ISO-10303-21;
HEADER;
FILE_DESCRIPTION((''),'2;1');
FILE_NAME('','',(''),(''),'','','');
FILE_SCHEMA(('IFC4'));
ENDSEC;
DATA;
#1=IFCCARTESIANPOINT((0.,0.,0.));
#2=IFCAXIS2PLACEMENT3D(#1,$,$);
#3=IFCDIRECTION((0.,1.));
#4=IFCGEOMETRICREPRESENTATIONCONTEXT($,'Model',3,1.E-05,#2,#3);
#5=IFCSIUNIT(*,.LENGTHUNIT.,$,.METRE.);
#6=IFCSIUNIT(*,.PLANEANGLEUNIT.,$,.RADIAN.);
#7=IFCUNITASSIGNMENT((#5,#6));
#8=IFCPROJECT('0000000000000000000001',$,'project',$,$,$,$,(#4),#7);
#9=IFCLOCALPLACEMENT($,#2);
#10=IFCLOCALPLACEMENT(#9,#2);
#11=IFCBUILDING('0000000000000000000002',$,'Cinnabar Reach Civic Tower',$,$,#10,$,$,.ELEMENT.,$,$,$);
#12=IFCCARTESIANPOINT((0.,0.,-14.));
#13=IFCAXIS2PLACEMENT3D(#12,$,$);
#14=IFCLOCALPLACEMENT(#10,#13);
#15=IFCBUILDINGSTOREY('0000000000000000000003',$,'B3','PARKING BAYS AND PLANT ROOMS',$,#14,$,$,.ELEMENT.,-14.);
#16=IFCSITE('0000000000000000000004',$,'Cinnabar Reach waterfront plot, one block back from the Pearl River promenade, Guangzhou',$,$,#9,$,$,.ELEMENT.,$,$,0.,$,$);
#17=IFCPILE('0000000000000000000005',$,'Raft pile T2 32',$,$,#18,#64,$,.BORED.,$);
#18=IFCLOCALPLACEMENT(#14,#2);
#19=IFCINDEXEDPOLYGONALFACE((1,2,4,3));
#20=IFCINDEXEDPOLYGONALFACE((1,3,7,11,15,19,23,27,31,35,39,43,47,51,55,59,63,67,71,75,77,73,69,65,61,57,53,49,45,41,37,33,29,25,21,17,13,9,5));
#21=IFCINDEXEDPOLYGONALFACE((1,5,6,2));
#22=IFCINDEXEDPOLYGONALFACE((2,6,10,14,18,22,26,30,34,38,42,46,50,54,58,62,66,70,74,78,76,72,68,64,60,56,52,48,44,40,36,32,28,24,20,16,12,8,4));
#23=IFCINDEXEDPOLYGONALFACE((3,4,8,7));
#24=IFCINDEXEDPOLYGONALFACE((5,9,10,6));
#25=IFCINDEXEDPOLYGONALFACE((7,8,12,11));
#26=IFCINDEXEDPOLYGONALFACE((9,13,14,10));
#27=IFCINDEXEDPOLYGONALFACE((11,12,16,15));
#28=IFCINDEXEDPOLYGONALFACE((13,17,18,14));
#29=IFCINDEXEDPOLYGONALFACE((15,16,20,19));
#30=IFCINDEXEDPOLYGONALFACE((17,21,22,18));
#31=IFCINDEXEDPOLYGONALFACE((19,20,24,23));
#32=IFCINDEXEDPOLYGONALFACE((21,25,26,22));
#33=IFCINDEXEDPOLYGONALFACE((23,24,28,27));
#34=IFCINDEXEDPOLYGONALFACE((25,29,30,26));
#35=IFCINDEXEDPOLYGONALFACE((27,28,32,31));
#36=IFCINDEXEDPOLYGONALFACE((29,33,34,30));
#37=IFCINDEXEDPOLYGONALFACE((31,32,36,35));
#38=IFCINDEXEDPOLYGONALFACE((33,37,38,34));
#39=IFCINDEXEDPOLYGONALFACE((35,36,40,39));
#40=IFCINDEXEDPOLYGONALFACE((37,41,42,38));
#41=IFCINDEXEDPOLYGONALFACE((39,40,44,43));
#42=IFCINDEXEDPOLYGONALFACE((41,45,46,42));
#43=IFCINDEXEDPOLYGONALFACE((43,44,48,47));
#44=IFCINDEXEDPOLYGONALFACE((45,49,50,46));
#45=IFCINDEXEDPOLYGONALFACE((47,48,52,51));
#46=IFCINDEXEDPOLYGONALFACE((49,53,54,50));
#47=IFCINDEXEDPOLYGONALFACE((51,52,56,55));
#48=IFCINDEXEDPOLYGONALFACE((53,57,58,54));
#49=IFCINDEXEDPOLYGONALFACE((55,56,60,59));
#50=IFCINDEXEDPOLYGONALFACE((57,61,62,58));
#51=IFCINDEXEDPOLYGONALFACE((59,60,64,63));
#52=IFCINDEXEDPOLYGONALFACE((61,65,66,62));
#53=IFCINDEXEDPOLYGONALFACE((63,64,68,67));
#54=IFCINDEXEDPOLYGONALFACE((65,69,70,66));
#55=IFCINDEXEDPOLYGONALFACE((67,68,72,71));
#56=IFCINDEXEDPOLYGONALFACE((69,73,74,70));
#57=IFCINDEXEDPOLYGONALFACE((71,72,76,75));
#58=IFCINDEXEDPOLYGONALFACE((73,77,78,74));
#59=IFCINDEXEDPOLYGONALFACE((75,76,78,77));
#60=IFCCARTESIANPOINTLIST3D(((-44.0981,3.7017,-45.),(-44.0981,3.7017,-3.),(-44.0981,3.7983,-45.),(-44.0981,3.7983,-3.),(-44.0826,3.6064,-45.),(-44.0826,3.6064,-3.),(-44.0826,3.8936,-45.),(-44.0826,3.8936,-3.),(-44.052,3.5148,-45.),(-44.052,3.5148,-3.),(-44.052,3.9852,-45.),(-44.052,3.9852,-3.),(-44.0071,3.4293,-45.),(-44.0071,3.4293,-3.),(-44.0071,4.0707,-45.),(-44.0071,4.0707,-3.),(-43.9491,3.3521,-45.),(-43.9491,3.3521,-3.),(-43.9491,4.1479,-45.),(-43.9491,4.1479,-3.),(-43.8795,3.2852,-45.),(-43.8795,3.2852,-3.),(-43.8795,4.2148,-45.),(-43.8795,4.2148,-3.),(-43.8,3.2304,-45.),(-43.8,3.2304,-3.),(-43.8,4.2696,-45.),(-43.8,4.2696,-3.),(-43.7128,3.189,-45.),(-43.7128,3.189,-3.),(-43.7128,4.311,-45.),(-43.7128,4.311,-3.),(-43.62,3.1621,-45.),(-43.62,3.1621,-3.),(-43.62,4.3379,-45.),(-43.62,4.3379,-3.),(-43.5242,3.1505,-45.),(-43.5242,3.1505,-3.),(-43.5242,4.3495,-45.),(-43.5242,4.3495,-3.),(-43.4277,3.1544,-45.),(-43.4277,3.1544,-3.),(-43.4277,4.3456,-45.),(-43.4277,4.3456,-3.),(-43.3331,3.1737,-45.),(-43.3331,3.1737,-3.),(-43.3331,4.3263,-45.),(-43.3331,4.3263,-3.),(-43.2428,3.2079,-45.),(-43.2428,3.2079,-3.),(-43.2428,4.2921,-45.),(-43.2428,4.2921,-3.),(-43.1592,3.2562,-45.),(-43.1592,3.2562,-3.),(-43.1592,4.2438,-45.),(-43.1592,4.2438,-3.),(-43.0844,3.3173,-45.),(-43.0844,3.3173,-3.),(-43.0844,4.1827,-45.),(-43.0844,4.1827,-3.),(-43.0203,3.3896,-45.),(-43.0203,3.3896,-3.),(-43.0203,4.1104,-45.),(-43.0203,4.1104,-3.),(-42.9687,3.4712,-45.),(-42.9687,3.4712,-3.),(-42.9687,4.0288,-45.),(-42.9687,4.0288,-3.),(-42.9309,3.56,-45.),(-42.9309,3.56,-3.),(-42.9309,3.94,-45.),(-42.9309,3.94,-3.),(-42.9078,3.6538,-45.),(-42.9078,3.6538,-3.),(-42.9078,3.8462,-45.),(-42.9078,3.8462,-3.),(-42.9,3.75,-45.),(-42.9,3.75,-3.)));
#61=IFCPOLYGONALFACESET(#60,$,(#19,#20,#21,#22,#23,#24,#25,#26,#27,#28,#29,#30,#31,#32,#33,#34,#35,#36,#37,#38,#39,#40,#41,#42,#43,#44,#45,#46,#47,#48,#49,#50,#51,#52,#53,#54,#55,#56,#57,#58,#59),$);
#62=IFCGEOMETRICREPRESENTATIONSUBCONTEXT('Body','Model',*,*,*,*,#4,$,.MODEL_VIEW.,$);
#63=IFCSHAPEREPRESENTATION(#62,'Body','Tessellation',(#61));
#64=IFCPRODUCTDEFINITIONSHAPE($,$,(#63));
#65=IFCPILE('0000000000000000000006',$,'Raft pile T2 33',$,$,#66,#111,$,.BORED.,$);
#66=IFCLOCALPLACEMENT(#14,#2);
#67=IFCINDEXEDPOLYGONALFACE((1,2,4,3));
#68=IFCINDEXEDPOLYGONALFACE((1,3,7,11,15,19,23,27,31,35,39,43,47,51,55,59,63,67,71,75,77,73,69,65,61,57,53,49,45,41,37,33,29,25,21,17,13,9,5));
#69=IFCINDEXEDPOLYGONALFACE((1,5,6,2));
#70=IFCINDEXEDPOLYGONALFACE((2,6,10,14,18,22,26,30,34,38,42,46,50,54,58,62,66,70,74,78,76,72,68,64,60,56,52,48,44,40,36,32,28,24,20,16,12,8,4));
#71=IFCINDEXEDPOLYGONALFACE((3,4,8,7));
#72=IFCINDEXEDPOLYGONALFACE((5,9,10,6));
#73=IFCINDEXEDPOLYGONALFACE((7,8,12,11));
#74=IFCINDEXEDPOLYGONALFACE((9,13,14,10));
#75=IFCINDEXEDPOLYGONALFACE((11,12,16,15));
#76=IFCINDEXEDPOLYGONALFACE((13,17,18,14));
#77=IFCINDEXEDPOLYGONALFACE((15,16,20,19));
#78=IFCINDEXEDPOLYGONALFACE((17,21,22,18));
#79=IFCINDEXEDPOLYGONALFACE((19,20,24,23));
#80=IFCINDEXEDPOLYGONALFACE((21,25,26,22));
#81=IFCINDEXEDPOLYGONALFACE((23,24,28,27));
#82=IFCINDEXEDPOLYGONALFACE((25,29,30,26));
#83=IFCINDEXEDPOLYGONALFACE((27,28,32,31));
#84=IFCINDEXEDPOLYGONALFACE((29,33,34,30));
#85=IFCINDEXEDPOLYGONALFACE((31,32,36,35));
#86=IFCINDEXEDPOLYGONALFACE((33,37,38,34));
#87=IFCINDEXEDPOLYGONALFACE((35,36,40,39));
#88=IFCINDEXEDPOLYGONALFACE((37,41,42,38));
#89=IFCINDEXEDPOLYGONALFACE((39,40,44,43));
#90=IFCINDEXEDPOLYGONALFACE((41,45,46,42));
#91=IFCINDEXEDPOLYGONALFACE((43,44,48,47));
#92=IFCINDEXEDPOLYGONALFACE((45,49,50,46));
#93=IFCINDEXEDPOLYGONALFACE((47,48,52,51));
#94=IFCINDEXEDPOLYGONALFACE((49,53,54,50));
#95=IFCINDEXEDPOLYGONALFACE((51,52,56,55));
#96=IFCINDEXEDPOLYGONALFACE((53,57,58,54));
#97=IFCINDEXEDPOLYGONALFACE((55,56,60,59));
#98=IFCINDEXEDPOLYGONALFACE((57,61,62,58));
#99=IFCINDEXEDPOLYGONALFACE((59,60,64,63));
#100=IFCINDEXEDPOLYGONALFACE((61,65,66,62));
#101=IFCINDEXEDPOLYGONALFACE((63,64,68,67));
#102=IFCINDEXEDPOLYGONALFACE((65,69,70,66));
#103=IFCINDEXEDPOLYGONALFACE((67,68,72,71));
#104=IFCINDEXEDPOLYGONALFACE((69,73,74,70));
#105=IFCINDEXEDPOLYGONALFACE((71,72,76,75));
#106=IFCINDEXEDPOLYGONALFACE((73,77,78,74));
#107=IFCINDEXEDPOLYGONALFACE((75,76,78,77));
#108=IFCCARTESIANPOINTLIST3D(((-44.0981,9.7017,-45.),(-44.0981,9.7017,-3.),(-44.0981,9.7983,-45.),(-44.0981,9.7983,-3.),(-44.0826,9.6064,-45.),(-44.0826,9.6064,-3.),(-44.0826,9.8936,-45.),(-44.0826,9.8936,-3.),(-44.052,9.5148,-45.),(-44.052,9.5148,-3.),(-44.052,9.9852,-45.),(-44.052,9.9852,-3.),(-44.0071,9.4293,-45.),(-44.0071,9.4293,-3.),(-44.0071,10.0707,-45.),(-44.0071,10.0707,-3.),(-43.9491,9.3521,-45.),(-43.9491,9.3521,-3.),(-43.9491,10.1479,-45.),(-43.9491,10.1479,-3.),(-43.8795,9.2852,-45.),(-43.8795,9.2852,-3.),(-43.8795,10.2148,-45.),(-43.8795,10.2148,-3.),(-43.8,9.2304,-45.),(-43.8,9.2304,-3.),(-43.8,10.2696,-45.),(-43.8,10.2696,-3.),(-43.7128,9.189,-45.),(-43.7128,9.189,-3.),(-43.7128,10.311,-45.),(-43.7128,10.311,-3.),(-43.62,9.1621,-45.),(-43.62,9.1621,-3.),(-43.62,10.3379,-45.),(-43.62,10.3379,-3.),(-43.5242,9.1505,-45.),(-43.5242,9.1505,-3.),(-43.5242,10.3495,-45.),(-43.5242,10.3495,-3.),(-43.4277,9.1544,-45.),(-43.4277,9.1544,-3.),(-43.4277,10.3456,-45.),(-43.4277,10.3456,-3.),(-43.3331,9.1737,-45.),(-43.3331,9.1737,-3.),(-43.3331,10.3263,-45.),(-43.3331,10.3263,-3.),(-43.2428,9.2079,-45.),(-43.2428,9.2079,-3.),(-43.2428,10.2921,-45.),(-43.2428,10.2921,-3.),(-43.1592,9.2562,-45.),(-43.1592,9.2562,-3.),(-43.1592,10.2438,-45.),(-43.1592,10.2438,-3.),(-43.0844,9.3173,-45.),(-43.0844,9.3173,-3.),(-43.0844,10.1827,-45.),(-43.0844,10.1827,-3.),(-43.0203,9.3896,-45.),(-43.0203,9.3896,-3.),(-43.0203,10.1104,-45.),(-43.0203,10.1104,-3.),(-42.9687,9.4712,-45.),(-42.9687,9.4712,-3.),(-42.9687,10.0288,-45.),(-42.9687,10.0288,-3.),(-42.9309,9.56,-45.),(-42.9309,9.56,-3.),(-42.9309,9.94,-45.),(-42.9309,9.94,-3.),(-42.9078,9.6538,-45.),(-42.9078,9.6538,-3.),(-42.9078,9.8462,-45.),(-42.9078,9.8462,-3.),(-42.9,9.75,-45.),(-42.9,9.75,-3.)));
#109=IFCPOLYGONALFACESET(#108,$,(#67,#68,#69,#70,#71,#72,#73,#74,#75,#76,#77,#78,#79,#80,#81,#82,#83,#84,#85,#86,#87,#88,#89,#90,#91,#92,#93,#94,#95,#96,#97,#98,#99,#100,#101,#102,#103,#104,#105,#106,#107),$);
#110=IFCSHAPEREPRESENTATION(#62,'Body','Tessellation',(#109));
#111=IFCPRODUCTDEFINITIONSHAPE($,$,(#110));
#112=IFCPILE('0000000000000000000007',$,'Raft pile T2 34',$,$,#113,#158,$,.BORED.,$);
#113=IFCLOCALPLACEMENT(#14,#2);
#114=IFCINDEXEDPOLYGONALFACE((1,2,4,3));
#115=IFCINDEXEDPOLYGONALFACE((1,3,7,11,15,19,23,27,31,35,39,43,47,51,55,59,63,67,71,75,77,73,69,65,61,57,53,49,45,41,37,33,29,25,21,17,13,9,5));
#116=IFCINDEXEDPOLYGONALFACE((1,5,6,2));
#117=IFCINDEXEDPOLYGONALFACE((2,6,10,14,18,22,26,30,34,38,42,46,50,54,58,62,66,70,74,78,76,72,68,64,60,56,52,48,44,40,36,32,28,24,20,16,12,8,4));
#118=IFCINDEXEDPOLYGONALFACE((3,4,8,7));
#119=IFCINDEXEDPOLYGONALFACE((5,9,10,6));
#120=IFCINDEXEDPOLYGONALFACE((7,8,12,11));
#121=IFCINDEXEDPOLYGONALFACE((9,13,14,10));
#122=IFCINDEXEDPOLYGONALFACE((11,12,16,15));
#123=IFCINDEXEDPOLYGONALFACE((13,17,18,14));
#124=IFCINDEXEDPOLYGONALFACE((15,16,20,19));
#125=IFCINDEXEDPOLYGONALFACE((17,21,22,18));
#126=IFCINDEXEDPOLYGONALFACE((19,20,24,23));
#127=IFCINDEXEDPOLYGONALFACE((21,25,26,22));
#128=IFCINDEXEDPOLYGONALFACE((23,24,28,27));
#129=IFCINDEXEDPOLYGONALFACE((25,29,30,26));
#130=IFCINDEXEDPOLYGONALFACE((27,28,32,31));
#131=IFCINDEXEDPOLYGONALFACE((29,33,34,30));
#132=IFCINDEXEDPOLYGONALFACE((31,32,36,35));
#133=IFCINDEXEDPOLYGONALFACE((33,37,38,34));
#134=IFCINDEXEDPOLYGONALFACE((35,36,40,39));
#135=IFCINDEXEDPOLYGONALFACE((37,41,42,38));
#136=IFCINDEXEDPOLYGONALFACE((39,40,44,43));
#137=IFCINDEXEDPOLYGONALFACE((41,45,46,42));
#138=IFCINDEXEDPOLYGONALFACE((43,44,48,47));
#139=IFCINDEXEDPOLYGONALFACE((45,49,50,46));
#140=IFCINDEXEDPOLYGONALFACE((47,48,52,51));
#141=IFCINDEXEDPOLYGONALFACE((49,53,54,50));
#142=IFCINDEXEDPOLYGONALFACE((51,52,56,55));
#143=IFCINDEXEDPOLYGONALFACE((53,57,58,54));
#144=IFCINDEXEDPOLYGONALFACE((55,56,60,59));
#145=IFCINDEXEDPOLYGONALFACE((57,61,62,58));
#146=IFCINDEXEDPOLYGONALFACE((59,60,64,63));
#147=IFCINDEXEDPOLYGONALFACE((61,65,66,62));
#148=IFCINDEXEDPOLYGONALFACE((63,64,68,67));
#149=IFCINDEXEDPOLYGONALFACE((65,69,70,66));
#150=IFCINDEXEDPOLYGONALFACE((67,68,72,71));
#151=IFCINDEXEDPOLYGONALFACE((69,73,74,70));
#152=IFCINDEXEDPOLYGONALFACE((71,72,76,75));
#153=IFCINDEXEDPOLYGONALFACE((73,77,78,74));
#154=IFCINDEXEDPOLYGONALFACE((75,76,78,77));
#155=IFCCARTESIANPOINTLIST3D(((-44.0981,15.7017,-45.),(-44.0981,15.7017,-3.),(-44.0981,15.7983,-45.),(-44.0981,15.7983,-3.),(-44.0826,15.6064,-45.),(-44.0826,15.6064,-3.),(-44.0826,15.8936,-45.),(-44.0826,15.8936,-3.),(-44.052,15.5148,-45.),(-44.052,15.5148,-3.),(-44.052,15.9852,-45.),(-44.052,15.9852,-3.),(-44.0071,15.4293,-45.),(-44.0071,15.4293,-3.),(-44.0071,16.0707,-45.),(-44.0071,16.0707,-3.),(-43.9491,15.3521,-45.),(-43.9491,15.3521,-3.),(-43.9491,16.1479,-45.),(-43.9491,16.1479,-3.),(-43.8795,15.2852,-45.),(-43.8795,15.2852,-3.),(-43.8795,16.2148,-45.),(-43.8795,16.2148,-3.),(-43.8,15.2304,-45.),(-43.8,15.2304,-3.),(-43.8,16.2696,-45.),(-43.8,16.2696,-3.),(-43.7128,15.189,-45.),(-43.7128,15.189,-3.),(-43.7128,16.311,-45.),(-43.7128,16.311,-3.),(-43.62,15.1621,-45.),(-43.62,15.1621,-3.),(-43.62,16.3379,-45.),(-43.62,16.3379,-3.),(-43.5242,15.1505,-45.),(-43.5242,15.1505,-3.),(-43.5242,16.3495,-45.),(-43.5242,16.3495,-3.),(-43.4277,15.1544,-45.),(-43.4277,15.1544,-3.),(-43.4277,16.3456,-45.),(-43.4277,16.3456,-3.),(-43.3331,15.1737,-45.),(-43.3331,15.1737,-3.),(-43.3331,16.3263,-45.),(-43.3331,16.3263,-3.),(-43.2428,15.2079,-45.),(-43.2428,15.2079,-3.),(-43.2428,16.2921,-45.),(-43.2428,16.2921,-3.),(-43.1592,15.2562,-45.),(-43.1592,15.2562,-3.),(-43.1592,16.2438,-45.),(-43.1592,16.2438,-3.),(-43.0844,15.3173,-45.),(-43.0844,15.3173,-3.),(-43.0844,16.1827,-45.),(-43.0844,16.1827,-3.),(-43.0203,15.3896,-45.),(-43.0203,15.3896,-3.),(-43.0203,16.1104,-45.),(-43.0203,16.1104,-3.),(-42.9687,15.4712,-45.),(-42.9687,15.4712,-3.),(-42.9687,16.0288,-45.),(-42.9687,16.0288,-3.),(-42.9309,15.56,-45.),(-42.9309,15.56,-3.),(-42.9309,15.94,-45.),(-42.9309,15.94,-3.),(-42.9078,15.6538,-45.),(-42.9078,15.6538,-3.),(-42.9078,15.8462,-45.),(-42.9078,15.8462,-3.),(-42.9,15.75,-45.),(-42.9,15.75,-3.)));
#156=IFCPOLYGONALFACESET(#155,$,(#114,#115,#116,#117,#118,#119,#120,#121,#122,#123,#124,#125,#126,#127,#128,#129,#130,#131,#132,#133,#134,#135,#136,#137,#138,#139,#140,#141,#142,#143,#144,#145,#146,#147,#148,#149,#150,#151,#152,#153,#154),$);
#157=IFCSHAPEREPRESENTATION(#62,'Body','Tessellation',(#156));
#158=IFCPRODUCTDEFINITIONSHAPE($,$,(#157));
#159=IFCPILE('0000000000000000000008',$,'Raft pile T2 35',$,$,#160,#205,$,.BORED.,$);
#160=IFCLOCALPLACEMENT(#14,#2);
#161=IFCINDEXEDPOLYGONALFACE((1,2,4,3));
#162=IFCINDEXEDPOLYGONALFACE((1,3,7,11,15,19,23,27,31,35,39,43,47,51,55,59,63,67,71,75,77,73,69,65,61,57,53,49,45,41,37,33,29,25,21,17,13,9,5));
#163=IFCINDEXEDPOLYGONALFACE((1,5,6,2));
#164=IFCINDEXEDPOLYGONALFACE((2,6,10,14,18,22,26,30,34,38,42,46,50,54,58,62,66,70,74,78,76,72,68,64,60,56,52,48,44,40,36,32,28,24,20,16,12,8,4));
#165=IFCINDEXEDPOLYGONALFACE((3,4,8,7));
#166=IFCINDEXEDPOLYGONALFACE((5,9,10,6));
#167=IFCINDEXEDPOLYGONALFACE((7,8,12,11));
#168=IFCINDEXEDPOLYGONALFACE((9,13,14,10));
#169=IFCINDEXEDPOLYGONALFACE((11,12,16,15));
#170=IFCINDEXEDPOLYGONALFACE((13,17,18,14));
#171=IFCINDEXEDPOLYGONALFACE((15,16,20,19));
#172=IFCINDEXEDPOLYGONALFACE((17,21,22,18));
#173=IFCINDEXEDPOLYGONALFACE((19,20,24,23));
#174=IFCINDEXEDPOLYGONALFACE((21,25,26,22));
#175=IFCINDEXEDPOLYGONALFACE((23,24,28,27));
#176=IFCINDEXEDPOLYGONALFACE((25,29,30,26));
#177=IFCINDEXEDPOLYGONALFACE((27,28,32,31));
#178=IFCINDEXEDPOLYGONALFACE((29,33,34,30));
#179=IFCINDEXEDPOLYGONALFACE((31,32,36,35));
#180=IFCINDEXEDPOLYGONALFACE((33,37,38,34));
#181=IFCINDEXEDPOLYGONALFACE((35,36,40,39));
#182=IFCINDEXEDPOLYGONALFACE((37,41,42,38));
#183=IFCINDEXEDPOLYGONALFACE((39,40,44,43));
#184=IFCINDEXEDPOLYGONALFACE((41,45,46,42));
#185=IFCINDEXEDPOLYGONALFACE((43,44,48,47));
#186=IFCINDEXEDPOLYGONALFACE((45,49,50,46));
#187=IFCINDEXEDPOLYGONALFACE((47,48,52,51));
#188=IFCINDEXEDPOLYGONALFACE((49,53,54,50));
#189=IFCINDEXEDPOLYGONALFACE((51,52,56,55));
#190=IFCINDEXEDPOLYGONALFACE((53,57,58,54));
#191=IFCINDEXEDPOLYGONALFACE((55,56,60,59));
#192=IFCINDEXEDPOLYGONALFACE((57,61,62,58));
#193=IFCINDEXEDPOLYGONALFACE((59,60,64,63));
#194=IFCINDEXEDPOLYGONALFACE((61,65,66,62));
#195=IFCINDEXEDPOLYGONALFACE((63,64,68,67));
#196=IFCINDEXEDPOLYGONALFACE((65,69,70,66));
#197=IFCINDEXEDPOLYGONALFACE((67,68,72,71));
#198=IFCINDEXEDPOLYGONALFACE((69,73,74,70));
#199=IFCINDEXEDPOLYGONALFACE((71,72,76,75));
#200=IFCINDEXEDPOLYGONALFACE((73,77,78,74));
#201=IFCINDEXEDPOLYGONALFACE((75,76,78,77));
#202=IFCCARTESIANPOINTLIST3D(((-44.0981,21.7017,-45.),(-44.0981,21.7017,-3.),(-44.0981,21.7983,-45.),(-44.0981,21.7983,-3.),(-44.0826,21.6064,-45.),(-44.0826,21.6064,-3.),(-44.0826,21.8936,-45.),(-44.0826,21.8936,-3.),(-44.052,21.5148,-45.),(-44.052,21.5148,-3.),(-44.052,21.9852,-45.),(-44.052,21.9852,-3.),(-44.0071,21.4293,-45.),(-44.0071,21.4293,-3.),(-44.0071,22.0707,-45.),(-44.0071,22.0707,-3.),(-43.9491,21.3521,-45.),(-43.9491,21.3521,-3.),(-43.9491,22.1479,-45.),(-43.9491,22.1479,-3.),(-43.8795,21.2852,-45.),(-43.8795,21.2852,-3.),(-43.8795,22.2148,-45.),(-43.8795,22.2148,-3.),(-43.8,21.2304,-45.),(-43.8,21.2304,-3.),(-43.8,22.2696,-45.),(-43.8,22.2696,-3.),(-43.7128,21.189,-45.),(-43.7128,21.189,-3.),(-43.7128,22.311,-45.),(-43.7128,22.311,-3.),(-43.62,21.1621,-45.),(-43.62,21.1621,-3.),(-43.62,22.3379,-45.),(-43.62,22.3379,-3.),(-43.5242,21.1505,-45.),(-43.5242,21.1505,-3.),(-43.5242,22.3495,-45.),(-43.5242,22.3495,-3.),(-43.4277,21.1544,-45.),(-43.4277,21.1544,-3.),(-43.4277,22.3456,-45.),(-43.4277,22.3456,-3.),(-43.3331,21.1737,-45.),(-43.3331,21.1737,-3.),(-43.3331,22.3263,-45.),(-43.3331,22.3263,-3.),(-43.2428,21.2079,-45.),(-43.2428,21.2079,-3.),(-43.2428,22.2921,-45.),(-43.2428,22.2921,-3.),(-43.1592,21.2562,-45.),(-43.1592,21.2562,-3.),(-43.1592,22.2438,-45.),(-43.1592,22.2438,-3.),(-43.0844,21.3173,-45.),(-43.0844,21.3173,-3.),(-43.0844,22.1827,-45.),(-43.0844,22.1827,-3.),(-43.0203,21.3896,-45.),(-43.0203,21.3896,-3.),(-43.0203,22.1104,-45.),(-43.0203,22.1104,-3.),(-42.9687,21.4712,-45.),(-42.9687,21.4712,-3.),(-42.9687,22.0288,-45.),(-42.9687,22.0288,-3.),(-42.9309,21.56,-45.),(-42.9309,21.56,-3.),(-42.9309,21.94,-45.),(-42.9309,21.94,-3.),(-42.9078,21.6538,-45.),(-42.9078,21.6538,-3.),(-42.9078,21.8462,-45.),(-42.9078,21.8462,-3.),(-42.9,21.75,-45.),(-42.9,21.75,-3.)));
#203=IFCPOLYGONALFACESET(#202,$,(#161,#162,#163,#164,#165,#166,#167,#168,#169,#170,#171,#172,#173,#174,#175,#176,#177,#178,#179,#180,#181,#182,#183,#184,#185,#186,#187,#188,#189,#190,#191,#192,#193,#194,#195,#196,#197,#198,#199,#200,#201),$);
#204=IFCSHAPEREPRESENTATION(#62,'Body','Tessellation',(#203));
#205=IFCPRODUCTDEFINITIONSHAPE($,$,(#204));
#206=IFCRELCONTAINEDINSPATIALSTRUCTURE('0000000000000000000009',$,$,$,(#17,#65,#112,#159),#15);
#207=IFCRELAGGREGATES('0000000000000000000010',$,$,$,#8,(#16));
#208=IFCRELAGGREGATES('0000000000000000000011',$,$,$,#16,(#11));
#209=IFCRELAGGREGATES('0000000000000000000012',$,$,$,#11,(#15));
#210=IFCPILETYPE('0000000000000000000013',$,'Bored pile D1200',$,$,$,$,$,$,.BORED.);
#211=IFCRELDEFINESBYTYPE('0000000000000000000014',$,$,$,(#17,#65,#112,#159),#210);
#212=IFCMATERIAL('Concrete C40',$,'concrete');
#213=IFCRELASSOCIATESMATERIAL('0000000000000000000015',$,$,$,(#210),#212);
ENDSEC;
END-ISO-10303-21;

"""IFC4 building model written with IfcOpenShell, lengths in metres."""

from ifc_helpers import new_model, si_unit, direction, frame, origin, origin_2d, place, context, subcontext, project, spatial, circle, extrude, material, type_object, element, save


model = new_model("IFC4")

# Units and contexts
model_context = context("Model", 3, precision=1e-05, world=origin(), true_north=direction((0.0, 1.0)))
body_context = subcontext(model_context, "Body", "Model", "MODEL_VIEW")
ifc_project = project(units=[si_unit("LENGTHUNIT", "METRE"), si_unit("PLANEANGLEUNIT", "RADIAN")], contexts=[model_context])

# Site, building, storey
site_placement = place(None, origin())
site = spatial("IfcSite", under=ifc_project, at=site_placement, Name="Cinnabar Reach waterfront plot, one block back from the Pearl River promenade, Guangzhou", CompositionType="ELEMENT", RefElevation=0.0)
building_placement = place(site_placement, origin())
building = spatial("IfcBuilding", under=site, at=building_placement, Name="Cinnabar Reach Civic Tower", CompositionType="ELEMENT")
storey_placement = place(building_placement, frame((0.0, 0.0, -14.0)))
storey = spatial("IfcBuildingStorey", under=building, at=storey_placement, Name="B3", Description="PARKING BAYS AND PLANT ROOMS", CompositionType="ELEMENT", Elevation=-14.0)

# Piles
ifc_material_1 = material(Name="Concrete C40", Category="concrete")
pile_type = type_object("IfcPileType", Name="Bored pile D1200", PredefinedType="BORED", material=ifc_material_1)
for number, where, z_axis, x_axis, name in (
    (1, (-43.5, 3.75, -3.0), (0.0, 0.0, -1.0), (1.0, 0.0, 0.0), "Raft pile T2 32"),
    (2, (-43.5, 9.75, -3.0), (0.0, 0.0, -1.0), (1.0, 0.0, 0.0), "Raft pile T2 33"),
    (3, (-43.5, 15.75, -3.0), (0.0, 0.0, -1.0), (1.0, 0.0, 0.0), "Raft pile T2 34"),
    (4, (-43.5, 21.75, -3.0), (0.0, 0.0, -1.0), (1.0, 0.0, 0.0), "Raft pile T2 35"),
):
    element("IfcPile", number, at=place(storey_placement, frame(where, z_axis=z_axis, x_axis=x_axis)), inside=storey, type_object=pile_type, Name=name, PredefinedType="BORED", context=body_context, shape_type="SweptSolid", body=[
        extrude(circle(Radius=0.6, at=origin_2d()), origin(), (0.0, 0.0, 1.0), 42.0),
    ])

save(model, "model.ifc")
